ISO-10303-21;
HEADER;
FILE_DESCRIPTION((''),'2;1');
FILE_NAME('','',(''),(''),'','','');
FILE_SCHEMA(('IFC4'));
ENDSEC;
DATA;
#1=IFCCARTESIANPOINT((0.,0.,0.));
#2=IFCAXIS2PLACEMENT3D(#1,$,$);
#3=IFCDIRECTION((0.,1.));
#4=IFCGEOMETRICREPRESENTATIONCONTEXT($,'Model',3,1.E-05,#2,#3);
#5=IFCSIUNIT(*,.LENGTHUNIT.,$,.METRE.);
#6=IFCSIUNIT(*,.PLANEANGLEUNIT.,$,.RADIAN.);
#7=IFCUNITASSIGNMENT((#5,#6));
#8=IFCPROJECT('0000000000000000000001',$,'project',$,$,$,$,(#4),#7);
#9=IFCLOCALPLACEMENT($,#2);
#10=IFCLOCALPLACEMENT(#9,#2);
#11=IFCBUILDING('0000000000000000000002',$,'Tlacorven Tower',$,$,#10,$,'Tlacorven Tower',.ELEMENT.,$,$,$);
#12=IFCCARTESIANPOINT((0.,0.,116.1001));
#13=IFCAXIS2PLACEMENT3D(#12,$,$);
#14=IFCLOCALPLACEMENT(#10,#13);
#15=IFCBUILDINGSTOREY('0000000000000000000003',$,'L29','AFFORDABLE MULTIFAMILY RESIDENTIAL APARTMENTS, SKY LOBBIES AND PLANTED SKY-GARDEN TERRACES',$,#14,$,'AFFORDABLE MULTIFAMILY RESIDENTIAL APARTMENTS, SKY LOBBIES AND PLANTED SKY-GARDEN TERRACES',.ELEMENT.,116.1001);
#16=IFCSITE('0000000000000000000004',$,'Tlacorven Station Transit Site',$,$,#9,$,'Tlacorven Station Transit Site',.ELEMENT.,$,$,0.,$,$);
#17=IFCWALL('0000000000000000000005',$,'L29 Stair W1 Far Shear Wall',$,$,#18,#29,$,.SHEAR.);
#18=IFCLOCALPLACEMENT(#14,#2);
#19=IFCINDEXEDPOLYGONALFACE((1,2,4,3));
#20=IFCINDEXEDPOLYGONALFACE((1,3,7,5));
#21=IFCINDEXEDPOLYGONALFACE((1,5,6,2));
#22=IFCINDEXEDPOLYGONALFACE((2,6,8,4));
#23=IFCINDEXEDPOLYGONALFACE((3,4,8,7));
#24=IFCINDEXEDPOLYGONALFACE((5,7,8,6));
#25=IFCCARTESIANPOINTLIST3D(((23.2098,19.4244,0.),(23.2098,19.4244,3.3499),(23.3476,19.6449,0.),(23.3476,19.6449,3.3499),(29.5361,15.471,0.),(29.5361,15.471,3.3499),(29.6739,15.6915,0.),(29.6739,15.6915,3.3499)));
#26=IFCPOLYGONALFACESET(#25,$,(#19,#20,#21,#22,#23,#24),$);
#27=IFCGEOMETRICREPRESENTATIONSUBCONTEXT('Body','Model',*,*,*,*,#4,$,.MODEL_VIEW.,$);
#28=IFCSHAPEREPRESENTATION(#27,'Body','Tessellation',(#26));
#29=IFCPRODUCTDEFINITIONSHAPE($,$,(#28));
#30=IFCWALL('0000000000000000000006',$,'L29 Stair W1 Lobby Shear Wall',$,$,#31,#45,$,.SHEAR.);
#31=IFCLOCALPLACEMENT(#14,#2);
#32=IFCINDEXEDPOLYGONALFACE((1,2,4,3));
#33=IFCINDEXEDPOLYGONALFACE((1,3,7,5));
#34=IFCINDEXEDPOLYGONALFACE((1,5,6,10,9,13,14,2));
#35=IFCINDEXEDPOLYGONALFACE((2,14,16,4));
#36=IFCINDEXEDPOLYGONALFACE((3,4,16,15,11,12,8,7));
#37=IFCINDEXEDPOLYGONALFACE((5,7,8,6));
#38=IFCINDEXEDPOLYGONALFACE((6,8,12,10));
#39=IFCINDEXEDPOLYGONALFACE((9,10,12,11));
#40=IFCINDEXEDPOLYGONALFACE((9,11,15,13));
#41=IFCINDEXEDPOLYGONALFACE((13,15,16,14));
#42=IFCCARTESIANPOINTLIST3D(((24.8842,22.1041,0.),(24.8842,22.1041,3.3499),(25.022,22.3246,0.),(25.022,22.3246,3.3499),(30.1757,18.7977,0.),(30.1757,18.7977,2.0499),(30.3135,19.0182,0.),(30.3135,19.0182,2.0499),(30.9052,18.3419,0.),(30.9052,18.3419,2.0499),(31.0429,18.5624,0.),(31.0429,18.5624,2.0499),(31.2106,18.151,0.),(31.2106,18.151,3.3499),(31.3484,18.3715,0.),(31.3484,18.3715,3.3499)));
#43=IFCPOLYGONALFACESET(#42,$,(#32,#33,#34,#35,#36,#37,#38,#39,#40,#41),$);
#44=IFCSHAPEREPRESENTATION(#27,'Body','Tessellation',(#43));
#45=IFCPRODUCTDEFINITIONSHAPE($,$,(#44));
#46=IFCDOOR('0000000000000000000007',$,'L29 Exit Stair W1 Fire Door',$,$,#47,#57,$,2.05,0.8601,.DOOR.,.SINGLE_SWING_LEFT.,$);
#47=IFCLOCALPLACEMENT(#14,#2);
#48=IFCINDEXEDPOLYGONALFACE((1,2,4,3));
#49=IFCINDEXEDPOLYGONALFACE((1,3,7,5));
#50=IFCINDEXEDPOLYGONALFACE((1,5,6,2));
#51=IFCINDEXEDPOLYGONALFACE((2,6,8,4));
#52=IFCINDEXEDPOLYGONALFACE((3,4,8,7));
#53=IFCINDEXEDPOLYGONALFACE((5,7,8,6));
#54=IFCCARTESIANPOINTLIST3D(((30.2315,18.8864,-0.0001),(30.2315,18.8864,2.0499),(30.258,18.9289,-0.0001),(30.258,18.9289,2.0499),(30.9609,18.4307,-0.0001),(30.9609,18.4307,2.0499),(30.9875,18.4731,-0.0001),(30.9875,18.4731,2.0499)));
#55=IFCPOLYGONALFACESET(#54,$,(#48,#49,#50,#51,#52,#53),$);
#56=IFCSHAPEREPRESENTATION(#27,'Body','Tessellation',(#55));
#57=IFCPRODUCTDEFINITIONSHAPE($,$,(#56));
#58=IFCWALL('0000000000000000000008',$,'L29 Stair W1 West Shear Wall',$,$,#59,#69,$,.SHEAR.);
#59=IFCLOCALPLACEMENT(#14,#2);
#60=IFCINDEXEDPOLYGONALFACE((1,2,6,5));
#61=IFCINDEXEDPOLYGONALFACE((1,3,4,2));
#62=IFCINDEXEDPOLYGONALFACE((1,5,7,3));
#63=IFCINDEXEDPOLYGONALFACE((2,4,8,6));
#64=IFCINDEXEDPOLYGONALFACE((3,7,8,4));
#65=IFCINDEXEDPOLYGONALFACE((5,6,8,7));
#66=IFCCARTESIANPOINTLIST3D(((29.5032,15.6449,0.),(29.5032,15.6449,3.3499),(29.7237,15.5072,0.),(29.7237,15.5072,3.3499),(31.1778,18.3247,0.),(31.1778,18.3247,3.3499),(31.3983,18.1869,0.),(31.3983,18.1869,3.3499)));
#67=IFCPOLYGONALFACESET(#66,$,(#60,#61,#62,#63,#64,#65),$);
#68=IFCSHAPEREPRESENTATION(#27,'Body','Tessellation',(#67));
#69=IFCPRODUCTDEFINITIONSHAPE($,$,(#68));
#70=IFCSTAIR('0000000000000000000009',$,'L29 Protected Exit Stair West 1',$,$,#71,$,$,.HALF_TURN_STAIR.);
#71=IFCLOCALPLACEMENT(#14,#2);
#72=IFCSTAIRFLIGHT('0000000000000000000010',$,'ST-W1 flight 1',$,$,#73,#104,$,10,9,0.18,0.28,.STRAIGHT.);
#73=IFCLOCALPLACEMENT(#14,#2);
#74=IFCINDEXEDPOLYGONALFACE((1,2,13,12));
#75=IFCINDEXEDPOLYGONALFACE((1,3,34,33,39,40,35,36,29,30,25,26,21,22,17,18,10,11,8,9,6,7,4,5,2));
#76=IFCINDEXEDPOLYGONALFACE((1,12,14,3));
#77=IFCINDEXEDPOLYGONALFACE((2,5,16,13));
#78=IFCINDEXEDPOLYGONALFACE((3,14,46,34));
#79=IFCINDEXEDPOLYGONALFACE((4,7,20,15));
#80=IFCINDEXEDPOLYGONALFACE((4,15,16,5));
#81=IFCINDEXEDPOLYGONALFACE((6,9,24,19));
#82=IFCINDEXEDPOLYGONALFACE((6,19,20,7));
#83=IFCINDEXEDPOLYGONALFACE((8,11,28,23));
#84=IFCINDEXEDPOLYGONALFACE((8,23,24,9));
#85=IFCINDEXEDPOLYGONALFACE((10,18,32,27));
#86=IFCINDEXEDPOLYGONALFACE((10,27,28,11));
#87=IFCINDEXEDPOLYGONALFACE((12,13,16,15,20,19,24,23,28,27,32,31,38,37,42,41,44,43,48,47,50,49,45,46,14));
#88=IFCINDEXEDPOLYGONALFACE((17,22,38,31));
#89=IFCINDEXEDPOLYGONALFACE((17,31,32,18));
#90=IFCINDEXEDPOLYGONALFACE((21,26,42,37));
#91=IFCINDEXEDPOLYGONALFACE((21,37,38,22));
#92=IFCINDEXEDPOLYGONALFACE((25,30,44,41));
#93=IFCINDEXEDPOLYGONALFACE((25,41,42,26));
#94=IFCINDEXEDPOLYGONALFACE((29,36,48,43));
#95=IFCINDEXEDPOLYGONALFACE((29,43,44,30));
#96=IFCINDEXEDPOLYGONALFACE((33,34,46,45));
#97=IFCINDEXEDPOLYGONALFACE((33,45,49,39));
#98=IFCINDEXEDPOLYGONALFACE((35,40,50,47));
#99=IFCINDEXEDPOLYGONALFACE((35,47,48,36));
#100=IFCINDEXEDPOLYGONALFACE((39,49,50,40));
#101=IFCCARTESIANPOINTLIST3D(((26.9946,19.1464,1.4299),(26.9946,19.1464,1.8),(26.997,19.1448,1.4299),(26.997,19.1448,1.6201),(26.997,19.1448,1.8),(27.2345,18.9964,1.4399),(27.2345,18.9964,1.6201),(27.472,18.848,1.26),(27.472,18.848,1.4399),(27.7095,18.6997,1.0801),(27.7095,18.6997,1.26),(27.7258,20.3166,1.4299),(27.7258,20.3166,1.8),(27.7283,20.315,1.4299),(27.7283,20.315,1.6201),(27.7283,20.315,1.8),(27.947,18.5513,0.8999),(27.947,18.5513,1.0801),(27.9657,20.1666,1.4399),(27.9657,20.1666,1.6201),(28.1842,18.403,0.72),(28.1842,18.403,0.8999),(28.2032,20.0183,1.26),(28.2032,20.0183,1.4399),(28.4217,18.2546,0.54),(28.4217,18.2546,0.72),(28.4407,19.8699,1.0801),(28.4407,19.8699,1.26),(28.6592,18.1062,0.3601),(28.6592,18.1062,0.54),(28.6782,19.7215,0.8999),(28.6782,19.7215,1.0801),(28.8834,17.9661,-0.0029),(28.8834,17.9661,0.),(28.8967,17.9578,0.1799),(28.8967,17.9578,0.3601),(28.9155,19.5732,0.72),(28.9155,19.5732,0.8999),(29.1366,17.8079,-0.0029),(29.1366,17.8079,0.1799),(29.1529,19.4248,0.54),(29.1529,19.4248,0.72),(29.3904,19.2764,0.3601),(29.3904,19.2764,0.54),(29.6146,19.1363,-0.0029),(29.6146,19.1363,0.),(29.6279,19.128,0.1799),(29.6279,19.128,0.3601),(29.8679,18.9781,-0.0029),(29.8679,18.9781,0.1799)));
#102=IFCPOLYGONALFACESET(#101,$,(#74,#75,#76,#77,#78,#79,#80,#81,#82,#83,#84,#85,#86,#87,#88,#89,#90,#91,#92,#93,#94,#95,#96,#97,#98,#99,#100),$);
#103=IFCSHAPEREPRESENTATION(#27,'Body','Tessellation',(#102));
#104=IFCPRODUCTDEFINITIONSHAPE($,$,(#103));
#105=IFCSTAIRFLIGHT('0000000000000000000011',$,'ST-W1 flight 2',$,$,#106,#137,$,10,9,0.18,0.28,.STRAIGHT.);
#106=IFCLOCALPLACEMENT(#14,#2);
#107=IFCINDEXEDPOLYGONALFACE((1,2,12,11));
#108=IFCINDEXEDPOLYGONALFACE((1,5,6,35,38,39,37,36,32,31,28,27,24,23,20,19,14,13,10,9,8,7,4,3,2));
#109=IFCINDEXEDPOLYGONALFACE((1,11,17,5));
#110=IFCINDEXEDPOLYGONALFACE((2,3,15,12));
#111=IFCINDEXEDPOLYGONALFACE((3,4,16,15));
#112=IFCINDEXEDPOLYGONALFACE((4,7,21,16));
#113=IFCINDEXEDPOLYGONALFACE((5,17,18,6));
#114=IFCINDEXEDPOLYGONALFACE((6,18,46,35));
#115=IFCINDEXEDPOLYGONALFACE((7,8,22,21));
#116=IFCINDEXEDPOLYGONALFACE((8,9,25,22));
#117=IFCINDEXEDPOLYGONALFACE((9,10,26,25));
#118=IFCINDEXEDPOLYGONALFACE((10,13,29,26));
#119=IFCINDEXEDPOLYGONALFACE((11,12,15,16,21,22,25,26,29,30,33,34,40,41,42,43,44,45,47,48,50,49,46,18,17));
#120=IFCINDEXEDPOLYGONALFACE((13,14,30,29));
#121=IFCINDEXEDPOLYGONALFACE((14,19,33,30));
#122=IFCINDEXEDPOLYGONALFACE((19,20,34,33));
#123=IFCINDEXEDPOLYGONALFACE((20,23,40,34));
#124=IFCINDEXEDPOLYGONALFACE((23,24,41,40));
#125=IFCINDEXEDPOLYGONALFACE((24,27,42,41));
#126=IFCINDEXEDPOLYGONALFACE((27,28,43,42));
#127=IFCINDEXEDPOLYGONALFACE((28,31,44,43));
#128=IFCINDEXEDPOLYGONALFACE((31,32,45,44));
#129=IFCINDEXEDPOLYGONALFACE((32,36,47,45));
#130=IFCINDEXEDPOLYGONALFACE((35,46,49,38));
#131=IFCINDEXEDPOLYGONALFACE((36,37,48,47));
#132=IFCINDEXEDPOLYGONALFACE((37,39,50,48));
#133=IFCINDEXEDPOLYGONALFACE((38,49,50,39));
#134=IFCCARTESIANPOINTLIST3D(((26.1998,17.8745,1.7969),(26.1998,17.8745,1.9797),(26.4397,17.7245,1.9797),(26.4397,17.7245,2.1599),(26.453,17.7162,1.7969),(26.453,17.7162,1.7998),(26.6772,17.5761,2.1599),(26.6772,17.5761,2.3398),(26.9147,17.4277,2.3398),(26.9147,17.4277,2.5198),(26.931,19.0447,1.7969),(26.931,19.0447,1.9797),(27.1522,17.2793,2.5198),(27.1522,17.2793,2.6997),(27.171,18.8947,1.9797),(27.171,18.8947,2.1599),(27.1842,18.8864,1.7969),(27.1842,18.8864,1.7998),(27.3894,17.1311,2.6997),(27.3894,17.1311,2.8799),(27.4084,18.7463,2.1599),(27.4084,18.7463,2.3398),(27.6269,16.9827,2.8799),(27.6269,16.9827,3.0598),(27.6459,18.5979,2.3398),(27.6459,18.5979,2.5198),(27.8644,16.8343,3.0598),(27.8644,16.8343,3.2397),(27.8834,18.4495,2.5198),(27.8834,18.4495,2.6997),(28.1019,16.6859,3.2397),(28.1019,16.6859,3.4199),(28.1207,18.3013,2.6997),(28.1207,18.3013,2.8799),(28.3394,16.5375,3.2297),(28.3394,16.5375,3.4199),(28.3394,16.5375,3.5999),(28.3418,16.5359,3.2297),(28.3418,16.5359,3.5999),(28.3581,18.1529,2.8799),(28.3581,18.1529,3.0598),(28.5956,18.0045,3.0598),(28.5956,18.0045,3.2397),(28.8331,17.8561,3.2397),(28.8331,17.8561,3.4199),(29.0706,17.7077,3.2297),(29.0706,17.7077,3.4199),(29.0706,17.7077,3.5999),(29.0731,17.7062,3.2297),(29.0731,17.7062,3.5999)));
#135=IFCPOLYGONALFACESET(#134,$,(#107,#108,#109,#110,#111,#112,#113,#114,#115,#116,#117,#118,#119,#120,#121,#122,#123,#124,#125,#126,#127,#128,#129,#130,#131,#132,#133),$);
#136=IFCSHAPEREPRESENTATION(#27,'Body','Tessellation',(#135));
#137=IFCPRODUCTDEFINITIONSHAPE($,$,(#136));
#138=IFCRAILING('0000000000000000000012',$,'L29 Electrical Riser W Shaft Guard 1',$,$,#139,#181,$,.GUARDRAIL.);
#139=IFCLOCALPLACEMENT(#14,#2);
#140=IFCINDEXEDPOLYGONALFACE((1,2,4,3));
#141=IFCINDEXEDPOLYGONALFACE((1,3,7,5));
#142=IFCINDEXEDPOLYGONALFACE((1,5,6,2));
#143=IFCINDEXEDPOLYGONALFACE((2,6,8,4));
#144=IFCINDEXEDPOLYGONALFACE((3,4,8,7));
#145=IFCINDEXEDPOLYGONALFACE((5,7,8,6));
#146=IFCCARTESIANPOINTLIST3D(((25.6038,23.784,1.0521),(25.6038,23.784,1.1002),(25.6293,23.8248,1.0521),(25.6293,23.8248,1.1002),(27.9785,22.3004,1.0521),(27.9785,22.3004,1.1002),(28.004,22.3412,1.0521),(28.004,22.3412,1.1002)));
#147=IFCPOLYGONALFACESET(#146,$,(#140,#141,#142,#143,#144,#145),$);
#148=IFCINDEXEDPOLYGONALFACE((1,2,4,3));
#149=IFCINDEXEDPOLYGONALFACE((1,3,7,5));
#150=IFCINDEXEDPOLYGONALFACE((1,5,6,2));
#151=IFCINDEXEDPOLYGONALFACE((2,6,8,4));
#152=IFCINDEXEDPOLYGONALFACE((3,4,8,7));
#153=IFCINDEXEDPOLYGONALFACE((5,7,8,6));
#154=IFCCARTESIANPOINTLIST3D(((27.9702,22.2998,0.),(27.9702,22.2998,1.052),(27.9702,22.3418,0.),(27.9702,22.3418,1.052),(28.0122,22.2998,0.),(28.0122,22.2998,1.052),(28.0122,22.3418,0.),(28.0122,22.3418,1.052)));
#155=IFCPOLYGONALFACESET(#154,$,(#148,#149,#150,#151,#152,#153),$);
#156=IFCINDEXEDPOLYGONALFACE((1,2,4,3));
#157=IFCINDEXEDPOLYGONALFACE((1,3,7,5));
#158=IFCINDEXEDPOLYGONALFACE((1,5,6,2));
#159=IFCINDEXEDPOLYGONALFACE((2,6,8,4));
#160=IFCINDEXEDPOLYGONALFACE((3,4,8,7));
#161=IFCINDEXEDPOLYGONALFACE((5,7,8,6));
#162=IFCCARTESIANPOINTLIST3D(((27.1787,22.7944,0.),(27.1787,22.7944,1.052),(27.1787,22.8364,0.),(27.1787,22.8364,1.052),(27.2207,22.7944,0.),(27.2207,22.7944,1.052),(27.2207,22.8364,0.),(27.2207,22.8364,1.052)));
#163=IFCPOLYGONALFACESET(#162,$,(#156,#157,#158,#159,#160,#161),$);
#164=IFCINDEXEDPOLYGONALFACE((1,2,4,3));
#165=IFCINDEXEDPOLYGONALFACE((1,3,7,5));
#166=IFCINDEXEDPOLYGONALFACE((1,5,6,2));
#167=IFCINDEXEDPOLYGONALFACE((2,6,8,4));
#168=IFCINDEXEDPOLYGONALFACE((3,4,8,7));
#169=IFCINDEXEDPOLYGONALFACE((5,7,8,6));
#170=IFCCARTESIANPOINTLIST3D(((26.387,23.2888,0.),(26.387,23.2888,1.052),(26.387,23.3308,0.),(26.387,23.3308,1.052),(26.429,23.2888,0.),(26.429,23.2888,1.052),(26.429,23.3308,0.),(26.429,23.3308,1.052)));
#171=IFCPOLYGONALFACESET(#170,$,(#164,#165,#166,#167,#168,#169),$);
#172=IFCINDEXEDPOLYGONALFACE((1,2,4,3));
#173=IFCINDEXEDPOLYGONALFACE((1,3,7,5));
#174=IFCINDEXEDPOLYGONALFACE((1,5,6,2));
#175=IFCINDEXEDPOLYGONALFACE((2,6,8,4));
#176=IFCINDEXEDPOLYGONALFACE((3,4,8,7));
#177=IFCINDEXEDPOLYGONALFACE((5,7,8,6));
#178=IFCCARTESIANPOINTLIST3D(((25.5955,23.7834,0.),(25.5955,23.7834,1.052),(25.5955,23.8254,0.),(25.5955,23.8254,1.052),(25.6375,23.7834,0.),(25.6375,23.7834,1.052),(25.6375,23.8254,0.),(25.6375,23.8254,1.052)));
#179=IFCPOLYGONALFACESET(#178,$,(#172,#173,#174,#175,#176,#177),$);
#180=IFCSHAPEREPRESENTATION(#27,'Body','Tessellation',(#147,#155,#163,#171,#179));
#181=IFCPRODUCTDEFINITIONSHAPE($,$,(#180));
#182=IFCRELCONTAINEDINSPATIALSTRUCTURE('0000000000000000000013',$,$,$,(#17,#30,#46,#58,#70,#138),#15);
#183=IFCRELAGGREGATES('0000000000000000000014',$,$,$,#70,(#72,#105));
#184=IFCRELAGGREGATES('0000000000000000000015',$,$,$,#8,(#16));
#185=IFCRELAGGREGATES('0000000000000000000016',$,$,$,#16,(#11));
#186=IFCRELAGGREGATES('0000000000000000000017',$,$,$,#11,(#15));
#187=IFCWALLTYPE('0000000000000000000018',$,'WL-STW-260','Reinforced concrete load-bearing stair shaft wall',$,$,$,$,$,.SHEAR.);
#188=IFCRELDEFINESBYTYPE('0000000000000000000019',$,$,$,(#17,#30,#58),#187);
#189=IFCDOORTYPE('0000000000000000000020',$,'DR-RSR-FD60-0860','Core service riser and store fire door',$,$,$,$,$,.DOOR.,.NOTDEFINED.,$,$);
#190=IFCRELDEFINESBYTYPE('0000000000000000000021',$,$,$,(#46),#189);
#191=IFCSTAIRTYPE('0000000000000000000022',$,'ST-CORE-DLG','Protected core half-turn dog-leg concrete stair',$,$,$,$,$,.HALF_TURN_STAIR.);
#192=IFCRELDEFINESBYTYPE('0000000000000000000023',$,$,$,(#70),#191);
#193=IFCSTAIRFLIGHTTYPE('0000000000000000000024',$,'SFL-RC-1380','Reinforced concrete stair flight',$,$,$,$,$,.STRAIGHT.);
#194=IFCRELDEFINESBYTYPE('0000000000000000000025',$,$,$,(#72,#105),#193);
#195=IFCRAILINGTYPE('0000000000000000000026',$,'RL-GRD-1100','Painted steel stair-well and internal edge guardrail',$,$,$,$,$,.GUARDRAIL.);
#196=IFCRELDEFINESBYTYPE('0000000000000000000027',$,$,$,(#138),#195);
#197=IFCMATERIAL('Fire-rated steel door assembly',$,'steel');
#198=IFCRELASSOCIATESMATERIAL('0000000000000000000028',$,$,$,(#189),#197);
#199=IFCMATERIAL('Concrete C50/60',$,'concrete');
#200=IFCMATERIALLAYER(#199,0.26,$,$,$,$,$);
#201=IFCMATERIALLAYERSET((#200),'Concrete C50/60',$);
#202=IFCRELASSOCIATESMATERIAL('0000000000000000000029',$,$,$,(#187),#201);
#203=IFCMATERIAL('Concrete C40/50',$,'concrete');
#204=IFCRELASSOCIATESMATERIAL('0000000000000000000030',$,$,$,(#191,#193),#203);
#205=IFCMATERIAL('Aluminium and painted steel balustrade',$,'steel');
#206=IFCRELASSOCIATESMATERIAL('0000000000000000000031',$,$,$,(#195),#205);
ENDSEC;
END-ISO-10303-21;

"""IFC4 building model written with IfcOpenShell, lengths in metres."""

from ifc_helpers import new_model, si_unit, direction, frame, frame_2d, origin, origin_2d, place, context, subcontext, project, spatial, polyline, rectangle, outline, extrude, source, transform, mapped, material, layer, layer_set, type_object, element, fill, aggregate, save


model = new_model("IFC4")

# Units and contexts
model_context = context("Model", 3, precision=1e-05, world=origin(), true_north=direction((0.0, 1.0)))
body_context = subcontext(model_context, "Body", "Model", "MODEL_VIEW")
ifc_project = project(units=[si_unit("LENGTHUNIT", "METRE"), si_unit("PLANEANGLEUNIT", "RADIAN")], contexts=[model_context])

# Site, building, storey
site_placement = place(None, origin())
site = spatial("IfcSite", under=ifc_project, at=site_placement, Name="Tlacorven Station Transit Site", LongName="Tlacorven Station Transit Site", CompositionType="ELEMENT", RefElevation=0.0)
building_placement = place(site_placement, origin())
building = spatial("IfcBuilding", under=site, at=building_placement, Name="Tlacorven Tower", LongName="Tlacorven Tower", CompositionType="ELEMENT")
storey_placement = place(building_placement, frame((0.0, 0.0, 116.1001)))
storey = spatial("IfcBuildingStorey", under=building, at=storey_placement, Name="L29", Description="AFFORDABLE MULTIFAMILY RESIDENTIAL APARTMENTS, SKY LOBBIES AND PLANTED SKY-GARDEN TERRACES", LongName="AFFORDABLE MULTIFAMILY RESIDENTIAL APARTMENTS, SKY LOBBIES AND PLANTED SKY-GARDEN TERRACES", CompositionType="ELEMENT", Elevation=116.1001)

# Shared definitions
ifc_material_1 = material(Name="Fire-rated steel door assembly", Category="steel")
door_type = type_object("IfcDoorType", Name="DR-RSR-FD60-0860", Description="Core service riser and store fire door", OperationType="NOTDEFINED", PredefinedType="DOOR", material=ifc_material_1)
shared_shape_1 = source(origin(), body_context, "Body", "SweptSolid", [
    extrude(rectangle(XDim=0.8601, YDim=2.05, at=frame_2d((0.4302, 1.0249))), frame((0.0, 0.0249, 0.0), z_axis=(0.0, -1.0, 0.0), x_axis=(1.0, 0.0, 0.0)), (0.0, 0.0, 1.0), 0.05),
])

# Shared definitions
ifc_material_2 = material(Name="Concrete C40/50", Category="concrete")

# Wall
ifc_material_3 = material(Name="Concrete C50/60", Category="concrete")
ifc_layer_1 = layer(ifc_material_3, 0.26)
ifc_layer_set_1 = layer_set([ifc_layer_1], Name="Concrete C50/60")
wall_type_1 = type_object("IfcWallType", Name="WL-STW-260", Description="Reinforced concrete load-bearing stair shaft wall", PredefinedType="SHEAR", material=ifc_layer_set_1)
wall_1_placement = place(storey_placement, frame((29.605, 15.5813, 0.0), z_axis=(0.0, 0.0, 1.0), x_axis=(-0.848037, 0.529937, 0.0)))
element("IfcWall", 1, at=wall_1_placement, inside=storey, type_object=wall_type_1, Name="L29 Stair W1 Far Shear Wall", PredefinedType="SHEAR", context=body_context, shape_type="SweptSolid", body=[
    extrude(rectangle(XDim=7.46, YDim=0.26, at=frame_2d((3.73, 0.0))), origin(), (0.0, 0.0, 1.0), 3.3499),
])

# Wall, opening, door
wall_2_placement = place(storey_placement, frame((31.2795, 18.2612, 0.0), z_axis=(0.0, 0.0, 1.0), x_axis=(-0.848052, 0.529914, 0.0)))
wall_2 = element("IfcWall", 2, at=wall_2_placement, inside=storey, type_object=wall_type_1, Name="L29 Stair W1 Lobby Shear Wall", PredefinedType="SHEAR", context=body_context, shape_type="SweptSolid", body=[
    extrude(rectangle(XDim=7.46, YDim=0.26, at=frame_2d((3.73, 0.0))), origin(), (0.0, 0.0, 1.0), 3.3499),
])
opening_1_placement = place(wall_2_placement, frame((0.3601, 0.0, 0.0)))
opening_1 = element("IfcOpeningElement", 3, at=opening_1_placement, cuts=wall_2, PredefinedType="OPENING", context=body_context, shape_type="SweptSolid", body=[
    extrude(rectangle(XDim=0.8601, YDim=2.05, at=frame_2d((0.4302, 1.0249))), frame((0.0, 0.1401, 0.0), z_axis=(0.0, -1.0, 0.0), x_axis=(1.0, 0.0, 0.0)), (0.0, 0.0, 1.0), 0.28),
])
door_1_placement = place(opening_1_placement, frame((0.8601, 0.0, 0.0), z_axis=(0.0, 0.0, 1.0), x_axis=(-1.0, 0.0, 0.0)))
door_1 = element("IfcDoor", 4, at=door_1_placement, inside=storey, type_object=door_type, Name="L29 Exit Stair W1 Fire Door", OperationType="SINGLE_SWING_LEFT", OverallHeight=2.05, OverallWidth=0.8601, PredefinedType="DOOR", context=body_context, shape_type="MappedRepresentation", body=[
    mapped(shared_shape_1, transform((0.0, 0.0, 0.0), scale=1.0)),
])
fill(opening_1, door_1)

# Wall
wall_3_placement = place(storey_placement, frame((31.2881, 18.2559, 0.0), z_axis=(0.0, 0.0, 1.0), x_axis=(-0.529943, -0.848033, 0.0)))
element("IfcWall", 5, at=wall_3_placement, inside=storey, type_object=wall_type_1, Name="L29 Stair W1 West Shear Wall", PredefinedType="SHEAR", context=body_context, shape_type="SweptSolid", body=[
    extrude(rectangle(XDim=3.1599, YDim=0.26, at=frame_2d((1.5801, 0.0))), origin(), (0.0, 0.0, 1.0), 3.3499),
])

# Stair, stair flights
stair_type = type_object("IfcStairType", Name="ST-CORE-DLG", Description="Protected core half-turn dog-leg concrete stair", PredefinedType="HALF_TURN_STAIR", material=ifc_material_2)
stair_placement = place(storey_placement, origin())
stair = element("IfcStair", 6, at=stair_placement, inside=storey, type_object=stair_type, Name="L29 Protected Exit Stair West 1", PredefinedType="HALF_TURN_STAIR")
stair_flight_type = type_object("IfcStairFlightType", Name="SFL-RC-1380", Description="Reinforced concrete stair flight", PredefinedType="STRAIGHT", material=ifc_material_2)
shared_shape_2 = source(origin(), body_context, "Body", "SweptSolid", [
    extrude(outline(polyline([(-0.0029, -0.0029), (-0.0029, 0.1799), (0.28, 0.1799), (0.28, 0.3601), (0.5601, 0.3601), (0.5601, 0.54), (0.8401, 0.54), (0.8401, 0.72), (1.1201, 0.72), (1.1201, 0.8999), (1.3999, 0.8999), (1.3999, 1.0801), (1.6799, 1.0801), (1.6799, 1.26), (1.96, 1.26), (1.96, 1.4399), (2.24, 1.4399), (2.24, 1.6201), (2.52, 1.6201), (2.52, 1.8), (2.5229, 1.8), (2.5229, 1.4299), (2.52, 1.4299), (0.2957, 0.0), (0.2957, -0.0029), (-0.0029, -0.0029)])), frame((0.0, 0.6899, 0.0), z_axis=(0.0, -1.0, 0.0), x_axis=(1.0, 0.0, 0.0)), (0.0, 0.0, 1.0), 1.3799),
])
stair_flight_1_placement = place(storey_placement, frame((29.4998, 18.3945, 0.0), z_axis=(0.0, 0.0, 1.0), x_axis=(-0.848048, 0.529919, 0.0)))
stair_flight_1 = element("IfcStairFlight", 7, at=stair_flight_1_placement, type_object=stair_flight_type, Name="ST-W1 flight 1", NumberOfRisers=10, NumberOfTreads=9, PredefinedType="STRAIGHT", RiserHeight=0.18, TreadLength=0.28, context=body_context, shape_type="MappedRepresentation", body=[
    mapped(shared_shape_2, transform((0.0, 0.0, 0.0), scale=1.0)),
])
stair_flight_2_placement = place(storey_placement, frame((26.5679, 18.458, 1.7998), z_axis=(0.0, 0.0, 1.0), x_axis=(0.848048, -0.529919, 0.0)))
stair_flight_2 = element("IfcStairFlight", 8, at=stair_flight_2_placement, type_object=stair_flight_type, Name="ST-W1 flight 2", NumberOfRisers=10, NumberOfTreads=9, PredefinedType="STRAIGHT", RiserHeight=0.18, TreadLength=0.28, context=body_context, shape_type="MappedRepresentation", body=[
    mapped(shared_shape_2, transform((0.0, 0.0, 0.0), scale=1.0)),
])
aggregate(stair, [stair_flight_1, stair_flight_2])

# Railing
ifc_material_4 = material(Name="Aluminium and painted steel balustrade", Category="steel")
railing_type_1 = type_object("IfcRailingType", Name="RL-GRD-1100", Description="Painted steel stair-well and internal edge guardrail", PredefinedType="GUARDRAIL", material=ifc_material_4)
shared_shape_3 = source(origin(), body_context, "Body", "SweptSolid", [
    extrude(rectangle(XDim=0.0481, YDim=0.0481, at=origin_2d()), frame((0.0, 0.0, 1.0762), z_axis=(-0.848091, 0.52985, 0.0), x_axis=(-0.52985, -0.848091, 0.0)), (0.0, 0.0, 1.0), 2.8),
    extrude(rectangle(XDim=0.042, YDim=0.042, at=origin_2d()), origin(), (0.0, 0.0, 1.0), 1.052),
    extrude(rectangle(XDim=0.042, YDim=0.042, at=origin_2d()), frame((-0.7915, 0.4946, 0.0)), (0.0, 0.0, 1.0), 1.052),
    extrude(rectangle(XDim=0.042, YDim=0.042, at=origin_2d()), frame((-1.5833, 0.989, 0.0)), (0.0, 0.0, 1.0), 1.052),
    extrude(rectangle(XDim=0.042, YDim=0.042, at=origin_2d()), frame((-2.3748, 1.4836, 0.0)), (0.0, 0.0, 1.0), 1.052),
])
railing_1_placement = place(storey_placement, frame((27.9912, 22.3208, 0.0)))
element("IfcRailing", 9, at=railing_1_placement, inside=storey, type_object=railing_type_1, Name="L29 Electrical Riser W Shaft Guard 1", PredefinedType="GUARDRAIL", context=body_context, shape_type="MappedRepresentation", body=[
    mapped(shared_shape_3, transform((0.0, 0.0, 0.0), scale=1.0)),
])

save(model, "model.ifc")
